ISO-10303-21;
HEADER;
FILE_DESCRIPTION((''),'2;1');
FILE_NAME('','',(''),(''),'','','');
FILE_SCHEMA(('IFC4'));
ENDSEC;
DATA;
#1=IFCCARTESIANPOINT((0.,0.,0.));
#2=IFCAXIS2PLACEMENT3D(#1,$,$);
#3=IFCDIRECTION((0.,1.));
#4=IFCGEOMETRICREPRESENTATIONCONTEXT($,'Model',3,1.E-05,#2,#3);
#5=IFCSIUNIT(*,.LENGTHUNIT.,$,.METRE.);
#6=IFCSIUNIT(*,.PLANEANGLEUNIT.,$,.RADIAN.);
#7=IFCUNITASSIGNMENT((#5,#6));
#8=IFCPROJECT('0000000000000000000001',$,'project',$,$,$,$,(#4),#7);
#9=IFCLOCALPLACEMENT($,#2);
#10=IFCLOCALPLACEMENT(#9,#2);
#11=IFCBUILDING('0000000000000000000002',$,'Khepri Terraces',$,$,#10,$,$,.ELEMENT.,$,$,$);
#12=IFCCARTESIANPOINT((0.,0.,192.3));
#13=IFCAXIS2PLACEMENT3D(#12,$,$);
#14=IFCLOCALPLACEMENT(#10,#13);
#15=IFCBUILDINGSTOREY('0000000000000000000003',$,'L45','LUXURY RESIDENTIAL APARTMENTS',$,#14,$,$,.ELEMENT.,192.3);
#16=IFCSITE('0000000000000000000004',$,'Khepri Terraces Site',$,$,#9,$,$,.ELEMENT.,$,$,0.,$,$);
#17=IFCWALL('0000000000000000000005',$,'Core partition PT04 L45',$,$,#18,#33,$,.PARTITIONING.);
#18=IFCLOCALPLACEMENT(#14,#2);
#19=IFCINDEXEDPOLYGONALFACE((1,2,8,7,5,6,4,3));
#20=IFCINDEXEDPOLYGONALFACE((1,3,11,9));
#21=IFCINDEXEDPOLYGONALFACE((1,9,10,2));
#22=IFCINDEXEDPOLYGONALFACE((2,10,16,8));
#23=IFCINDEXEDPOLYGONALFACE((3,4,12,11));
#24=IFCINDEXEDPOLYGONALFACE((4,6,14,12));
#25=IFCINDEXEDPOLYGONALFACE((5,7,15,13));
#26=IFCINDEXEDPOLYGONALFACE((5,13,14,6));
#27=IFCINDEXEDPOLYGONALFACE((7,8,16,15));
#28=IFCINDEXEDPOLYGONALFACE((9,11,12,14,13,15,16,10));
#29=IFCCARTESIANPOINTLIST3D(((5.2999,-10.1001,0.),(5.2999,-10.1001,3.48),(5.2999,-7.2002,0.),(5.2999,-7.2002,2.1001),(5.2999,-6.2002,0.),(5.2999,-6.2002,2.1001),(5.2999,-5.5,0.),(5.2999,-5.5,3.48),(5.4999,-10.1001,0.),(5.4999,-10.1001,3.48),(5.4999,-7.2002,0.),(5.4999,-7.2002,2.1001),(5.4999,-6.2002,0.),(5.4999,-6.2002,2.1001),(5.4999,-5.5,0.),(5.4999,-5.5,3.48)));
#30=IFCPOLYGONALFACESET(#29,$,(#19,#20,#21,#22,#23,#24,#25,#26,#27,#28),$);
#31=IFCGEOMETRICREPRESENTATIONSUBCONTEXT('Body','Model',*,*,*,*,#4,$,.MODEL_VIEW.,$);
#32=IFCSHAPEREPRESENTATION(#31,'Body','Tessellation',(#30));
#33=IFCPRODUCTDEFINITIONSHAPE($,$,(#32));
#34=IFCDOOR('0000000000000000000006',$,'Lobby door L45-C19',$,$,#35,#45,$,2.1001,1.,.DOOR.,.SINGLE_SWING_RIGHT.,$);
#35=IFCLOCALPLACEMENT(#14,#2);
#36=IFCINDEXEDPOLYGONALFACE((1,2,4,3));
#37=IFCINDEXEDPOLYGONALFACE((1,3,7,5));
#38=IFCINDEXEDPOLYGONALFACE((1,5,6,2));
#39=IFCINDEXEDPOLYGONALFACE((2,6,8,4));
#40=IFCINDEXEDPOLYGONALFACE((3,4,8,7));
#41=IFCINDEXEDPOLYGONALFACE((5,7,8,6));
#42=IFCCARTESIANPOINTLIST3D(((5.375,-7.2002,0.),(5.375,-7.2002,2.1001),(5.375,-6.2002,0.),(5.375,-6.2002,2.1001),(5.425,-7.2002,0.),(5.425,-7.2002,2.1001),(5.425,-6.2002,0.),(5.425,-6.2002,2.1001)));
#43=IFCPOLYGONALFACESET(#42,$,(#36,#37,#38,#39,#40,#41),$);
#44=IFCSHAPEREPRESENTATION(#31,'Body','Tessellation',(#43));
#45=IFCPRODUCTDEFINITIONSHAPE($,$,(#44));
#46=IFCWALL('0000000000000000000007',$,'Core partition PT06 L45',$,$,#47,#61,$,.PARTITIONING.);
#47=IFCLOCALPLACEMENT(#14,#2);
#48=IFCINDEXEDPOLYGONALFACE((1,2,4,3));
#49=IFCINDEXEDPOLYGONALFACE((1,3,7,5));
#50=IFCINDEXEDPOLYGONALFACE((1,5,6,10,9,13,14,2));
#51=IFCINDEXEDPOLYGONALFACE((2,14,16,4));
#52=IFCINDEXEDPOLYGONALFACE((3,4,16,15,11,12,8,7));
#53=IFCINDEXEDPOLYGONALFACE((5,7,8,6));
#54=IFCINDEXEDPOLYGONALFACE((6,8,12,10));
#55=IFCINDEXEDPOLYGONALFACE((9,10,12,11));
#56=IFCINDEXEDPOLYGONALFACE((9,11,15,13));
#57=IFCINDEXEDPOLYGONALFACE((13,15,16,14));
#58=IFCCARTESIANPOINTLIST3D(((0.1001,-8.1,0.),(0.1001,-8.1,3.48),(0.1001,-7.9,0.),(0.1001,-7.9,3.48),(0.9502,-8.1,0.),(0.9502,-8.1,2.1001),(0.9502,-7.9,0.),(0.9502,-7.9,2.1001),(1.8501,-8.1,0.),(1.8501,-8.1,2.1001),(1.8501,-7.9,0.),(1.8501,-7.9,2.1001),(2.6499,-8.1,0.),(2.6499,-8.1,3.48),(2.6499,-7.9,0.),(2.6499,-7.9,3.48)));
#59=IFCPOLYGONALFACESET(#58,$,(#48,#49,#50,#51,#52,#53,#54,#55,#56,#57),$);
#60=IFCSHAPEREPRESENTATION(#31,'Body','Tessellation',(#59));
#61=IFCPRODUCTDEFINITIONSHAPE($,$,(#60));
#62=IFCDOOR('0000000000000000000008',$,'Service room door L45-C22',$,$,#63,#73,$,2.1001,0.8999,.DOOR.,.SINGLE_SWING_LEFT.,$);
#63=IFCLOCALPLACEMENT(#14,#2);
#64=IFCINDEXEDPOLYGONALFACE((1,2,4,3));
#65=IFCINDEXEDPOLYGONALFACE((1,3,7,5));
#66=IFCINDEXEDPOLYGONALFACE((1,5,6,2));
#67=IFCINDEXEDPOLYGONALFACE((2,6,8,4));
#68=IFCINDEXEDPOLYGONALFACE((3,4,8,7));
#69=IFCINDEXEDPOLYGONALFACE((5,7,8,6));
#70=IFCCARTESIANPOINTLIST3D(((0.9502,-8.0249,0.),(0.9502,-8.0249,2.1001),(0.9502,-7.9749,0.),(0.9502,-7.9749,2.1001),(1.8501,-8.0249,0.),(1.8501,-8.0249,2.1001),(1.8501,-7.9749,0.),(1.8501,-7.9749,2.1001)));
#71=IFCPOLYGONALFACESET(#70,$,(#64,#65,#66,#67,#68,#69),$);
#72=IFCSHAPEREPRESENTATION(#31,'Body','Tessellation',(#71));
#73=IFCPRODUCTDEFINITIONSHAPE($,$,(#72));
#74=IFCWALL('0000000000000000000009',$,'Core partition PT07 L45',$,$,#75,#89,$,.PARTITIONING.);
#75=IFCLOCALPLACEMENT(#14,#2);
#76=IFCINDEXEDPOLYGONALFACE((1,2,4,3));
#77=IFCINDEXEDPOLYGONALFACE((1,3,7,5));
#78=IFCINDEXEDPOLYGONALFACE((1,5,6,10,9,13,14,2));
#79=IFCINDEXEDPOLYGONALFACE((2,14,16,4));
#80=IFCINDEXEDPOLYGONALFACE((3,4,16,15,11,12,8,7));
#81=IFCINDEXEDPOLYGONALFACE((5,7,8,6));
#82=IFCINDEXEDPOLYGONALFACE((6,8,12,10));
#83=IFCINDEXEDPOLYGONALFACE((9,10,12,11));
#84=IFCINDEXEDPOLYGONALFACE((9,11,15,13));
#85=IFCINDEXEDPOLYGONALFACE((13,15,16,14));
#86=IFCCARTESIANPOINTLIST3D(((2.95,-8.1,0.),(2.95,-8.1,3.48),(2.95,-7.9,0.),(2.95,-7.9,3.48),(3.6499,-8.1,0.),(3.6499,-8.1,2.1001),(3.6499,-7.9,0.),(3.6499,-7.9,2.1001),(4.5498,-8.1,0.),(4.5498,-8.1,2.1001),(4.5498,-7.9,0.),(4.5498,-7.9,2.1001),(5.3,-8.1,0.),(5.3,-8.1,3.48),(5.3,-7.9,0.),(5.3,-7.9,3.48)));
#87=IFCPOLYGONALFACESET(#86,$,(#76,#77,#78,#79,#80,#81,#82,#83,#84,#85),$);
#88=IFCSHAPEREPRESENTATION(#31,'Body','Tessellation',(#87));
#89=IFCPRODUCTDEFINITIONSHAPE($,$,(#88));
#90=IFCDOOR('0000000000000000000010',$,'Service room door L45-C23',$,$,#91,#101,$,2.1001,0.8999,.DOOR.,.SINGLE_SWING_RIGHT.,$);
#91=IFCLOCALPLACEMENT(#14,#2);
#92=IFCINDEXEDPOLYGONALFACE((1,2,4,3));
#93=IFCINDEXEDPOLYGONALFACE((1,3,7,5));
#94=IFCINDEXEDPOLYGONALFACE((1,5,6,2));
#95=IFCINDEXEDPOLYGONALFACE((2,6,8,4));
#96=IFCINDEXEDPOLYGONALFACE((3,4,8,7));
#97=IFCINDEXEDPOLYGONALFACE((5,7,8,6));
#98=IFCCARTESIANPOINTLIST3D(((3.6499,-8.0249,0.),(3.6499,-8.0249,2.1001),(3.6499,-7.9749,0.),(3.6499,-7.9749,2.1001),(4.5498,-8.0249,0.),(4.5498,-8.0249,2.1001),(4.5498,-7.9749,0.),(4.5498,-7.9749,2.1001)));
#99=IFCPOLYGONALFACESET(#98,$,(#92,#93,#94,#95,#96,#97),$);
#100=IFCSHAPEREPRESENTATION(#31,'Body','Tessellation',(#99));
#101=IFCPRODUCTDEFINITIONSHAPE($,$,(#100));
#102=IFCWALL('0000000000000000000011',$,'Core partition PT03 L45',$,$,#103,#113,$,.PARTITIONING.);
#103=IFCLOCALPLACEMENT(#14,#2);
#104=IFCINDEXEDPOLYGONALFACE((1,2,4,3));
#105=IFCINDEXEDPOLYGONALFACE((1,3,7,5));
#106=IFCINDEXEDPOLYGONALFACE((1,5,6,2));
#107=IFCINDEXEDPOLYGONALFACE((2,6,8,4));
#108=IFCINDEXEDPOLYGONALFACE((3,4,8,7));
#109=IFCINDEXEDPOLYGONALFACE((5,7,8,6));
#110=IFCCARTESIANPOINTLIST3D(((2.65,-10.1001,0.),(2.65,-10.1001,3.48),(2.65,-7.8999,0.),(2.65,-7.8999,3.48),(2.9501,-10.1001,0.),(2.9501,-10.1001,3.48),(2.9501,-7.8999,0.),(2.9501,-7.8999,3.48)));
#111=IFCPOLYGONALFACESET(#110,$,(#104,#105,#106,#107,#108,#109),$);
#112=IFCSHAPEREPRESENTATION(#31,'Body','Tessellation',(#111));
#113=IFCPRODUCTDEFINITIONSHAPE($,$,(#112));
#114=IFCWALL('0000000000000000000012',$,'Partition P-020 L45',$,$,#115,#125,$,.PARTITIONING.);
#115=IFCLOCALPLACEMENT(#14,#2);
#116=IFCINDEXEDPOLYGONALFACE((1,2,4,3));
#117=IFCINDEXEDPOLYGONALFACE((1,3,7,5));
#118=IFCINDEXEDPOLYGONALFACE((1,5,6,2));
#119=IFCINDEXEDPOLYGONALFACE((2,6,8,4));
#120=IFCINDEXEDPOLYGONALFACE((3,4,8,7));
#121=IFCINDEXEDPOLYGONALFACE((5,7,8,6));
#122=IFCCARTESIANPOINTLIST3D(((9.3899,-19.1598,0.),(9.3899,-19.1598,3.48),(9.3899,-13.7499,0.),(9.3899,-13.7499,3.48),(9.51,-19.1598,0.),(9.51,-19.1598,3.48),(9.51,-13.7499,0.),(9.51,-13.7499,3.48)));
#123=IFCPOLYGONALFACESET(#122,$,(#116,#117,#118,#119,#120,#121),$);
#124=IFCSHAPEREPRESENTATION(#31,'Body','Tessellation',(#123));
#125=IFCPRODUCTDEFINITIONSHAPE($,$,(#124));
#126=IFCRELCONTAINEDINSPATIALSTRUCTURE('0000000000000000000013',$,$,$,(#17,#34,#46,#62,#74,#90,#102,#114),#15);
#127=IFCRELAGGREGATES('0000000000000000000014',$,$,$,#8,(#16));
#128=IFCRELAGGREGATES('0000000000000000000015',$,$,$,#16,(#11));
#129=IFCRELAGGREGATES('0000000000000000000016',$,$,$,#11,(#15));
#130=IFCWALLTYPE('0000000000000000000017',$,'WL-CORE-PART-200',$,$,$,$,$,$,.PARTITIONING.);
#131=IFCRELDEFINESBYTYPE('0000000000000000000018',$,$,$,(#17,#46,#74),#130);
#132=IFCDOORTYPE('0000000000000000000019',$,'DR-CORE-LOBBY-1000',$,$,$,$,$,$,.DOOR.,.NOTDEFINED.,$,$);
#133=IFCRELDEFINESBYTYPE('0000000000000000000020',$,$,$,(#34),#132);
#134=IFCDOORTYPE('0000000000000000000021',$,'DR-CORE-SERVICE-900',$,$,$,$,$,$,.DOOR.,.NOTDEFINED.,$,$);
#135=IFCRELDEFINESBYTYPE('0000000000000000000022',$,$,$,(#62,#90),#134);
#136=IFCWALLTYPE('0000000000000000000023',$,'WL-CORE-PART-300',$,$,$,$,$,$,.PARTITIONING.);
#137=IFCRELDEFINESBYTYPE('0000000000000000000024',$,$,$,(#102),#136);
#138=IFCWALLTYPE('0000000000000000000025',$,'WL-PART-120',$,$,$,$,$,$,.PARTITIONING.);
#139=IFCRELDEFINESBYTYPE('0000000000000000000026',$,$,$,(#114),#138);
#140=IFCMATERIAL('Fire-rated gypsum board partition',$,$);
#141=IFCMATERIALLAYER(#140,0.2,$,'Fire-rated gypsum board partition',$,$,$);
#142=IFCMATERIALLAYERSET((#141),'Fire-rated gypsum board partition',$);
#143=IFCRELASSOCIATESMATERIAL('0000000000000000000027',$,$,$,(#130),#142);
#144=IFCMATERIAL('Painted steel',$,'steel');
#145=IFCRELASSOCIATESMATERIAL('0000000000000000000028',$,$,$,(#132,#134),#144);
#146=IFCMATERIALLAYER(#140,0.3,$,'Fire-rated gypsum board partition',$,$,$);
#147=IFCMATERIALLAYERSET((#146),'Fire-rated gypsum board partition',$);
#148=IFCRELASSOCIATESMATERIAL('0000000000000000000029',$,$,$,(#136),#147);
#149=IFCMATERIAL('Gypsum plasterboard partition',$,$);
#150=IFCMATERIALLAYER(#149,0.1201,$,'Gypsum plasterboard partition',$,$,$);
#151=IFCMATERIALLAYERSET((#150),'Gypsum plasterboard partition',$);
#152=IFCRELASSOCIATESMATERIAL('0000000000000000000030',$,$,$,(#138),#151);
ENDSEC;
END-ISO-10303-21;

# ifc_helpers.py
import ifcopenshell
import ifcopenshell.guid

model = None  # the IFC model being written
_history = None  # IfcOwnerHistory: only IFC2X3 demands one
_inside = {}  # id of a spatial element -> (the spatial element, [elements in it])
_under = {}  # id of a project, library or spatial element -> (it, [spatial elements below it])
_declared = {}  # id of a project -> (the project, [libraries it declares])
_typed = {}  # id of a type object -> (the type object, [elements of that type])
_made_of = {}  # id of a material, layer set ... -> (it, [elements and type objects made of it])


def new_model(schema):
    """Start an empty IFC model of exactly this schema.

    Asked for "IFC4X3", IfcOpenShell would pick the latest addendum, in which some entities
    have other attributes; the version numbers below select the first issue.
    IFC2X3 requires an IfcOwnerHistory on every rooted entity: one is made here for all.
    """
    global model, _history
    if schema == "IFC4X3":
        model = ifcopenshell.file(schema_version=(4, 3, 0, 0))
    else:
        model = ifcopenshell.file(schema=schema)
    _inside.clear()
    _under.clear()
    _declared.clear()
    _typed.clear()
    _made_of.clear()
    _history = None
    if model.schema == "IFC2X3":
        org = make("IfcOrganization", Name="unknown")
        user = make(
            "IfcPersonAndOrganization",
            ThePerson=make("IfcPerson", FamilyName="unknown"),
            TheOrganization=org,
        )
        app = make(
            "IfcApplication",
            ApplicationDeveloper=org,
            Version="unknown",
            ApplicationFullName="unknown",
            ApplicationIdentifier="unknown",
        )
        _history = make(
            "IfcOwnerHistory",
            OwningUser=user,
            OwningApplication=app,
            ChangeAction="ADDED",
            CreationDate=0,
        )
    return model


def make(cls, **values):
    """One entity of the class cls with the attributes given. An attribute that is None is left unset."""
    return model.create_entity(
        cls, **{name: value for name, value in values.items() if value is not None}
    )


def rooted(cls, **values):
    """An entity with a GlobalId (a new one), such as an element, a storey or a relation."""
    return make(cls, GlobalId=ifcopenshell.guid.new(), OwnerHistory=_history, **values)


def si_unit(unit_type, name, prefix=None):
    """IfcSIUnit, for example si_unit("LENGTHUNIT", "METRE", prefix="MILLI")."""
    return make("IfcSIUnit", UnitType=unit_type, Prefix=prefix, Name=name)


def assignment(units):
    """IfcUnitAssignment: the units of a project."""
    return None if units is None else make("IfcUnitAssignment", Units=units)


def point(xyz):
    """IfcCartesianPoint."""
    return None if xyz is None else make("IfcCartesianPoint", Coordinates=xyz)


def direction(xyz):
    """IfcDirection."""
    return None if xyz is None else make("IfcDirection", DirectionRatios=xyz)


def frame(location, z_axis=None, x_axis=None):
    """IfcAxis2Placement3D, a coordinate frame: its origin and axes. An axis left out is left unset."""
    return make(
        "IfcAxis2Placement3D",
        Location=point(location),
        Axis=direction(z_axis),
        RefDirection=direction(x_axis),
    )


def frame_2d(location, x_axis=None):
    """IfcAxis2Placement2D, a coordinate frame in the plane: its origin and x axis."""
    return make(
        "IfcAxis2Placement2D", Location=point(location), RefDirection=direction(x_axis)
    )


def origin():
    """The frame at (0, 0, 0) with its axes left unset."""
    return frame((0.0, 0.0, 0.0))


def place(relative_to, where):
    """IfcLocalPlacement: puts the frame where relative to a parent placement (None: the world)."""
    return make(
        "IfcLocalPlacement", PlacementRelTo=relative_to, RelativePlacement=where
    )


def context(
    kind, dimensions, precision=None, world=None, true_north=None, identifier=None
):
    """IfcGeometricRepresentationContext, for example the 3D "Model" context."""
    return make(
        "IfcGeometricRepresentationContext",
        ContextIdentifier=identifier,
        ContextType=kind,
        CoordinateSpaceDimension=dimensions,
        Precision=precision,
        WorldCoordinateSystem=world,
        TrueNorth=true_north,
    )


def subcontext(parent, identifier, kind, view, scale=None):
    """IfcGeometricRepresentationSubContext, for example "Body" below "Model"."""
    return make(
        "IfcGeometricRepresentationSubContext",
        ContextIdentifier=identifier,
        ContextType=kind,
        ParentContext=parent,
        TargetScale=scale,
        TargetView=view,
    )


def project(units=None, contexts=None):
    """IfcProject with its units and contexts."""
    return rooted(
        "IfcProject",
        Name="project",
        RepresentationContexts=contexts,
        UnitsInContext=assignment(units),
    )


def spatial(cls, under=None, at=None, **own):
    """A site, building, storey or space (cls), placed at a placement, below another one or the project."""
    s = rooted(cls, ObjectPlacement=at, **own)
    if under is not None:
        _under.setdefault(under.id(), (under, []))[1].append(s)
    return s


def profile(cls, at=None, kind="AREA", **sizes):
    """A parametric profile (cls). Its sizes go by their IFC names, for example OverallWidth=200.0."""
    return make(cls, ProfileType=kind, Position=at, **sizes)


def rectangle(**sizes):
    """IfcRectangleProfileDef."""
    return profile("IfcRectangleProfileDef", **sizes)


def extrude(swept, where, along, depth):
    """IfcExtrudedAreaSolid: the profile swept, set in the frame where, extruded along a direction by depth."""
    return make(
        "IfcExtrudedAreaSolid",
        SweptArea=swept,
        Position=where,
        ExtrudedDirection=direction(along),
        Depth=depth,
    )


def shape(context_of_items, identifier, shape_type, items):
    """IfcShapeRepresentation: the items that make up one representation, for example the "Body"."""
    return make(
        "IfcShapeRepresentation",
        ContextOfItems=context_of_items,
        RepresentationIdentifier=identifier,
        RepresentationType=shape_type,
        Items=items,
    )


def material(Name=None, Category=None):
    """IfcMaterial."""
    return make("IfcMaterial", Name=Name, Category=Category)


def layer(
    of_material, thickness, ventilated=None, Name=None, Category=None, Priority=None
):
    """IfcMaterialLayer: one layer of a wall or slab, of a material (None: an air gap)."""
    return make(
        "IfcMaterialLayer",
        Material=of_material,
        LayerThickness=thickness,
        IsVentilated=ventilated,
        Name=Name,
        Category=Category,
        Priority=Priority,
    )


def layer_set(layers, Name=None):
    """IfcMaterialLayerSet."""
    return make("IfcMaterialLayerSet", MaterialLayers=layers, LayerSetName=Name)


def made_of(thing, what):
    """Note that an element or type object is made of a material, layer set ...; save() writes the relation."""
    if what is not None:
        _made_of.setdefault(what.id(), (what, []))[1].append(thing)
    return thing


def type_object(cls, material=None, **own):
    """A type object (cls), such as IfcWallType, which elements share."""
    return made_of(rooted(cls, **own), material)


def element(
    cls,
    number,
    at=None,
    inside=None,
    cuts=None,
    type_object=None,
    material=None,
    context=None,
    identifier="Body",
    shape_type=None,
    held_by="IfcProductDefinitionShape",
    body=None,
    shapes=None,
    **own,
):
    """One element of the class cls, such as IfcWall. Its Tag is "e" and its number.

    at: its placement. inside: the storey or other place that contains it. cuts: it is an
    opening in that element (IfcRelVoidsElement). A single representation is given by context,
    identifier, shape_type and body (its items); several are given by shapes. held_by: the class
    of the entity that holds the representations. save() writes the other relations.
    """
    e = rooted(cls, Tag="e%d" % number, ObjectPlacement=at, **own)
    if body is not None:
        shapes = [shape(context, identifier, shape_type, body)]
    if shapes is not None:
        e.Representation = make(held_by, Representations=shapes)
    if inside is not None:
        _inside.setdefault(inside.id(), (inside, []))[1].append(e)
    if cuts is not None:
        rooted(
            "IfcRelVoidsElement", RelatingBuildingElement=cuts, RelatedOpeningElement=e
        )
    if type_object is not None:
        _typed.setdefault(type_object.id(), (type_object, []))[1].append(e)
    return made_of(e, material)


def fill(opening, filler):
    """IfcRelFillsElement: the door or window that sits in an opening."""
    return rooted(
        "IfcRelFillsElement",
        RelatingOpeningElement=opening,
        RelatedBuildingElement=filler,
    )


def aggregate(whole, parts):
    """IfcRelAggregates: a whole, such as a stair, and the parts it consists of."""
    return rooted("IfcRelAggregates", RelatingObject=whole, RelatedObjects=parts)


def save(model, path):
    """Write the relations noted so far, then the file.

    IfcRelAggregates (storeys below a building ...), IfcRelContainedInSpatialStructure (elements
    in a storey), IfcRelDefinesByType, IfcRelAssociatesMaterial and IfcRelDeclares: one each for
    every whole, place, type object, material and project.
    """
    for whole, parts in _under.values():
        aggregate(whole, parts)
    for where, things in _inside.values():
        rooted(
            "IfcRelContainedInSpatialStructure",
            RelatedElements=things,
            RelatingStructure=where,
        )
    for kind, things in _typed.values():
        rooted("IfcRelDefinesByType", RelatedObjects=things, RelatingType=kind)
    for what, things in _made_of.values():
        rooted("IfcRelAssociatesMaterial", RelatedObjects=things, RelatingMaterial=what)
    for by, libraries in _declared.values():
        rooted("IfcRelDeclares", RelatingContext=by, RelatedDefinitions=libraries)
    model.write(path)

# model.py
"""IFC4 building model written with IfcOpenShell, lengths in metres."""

from ifc_helpers import new_model, si_unit, direction, frame, frame_2d, origin, place, context, subcontext, project, spatial, rectangle, extrude, material, layer, layer_set, type_object, element, fill, save


model = new_model("IFC4")

# Units and contexts
model_context = context("Model", 3, precision=1e-05, world=origin(), true_north=direction((0.0, 1.0)))
body_context = subcontext(model_context, "Body", "Model", "MODEL_VIEW")
ifc_project = project(units=[si_unit("LENGTHUNIT", "METRE"), si_unit("PLANEANGLEUNIT", "RADIAN")], contexts=[model_context])

# Site, building, storey
site_placement = place(None, origin())
site = spatial("IfcSite", under=ifc_project, at=site_placement, Name="Khepri Terraces Site", CompositionType="ELEMENT", RefElevation=0.0)
building_placement = place(site_placement, origin())
building = spatial("IfcBuilding", under=site, at=building_placement, Name="Khepri Terraces", CompositionType="ELEMENT")
storey_placement = place(building_placement, frame((0.0, 0.0, 192.3)))
storey = spatial("IfcBuildingStorey", under=building, at=storey_placement, Name="L45", Description="LUXURY RESIDENTIAL APARTMENTS", CompositionType="ELEMENT", Elevation=192.3)

# Shared definitions
ifc_material_1 = material(Name="Fire-rated gypsum board partition")
ifc_layer_1 = layer(ifc_material_1, 0.2, Name="Fire-rated gypsum board partition")
ifc_layer_set_1 = layer_set([ifc_layer_1], Name="Fire-rated gypsum board partition")
wall_type_1 = type_object("IfcWallType", Name="WL-CORE-PART-200", PredefinedType="PARTITIONING", material=ifc_layer_set_1)

# Walls, openings, doors
wall_1_placement = place(storey_placement, frame((5.3999, -10.1001, 0.0), z_axis=(0.0, 0.0, 1.0), x_axis=(0.0, 1.0, 0.0)))
wall_1 = element("IfcWall", 1, at=wall_1_placement, inside=storey, type_object=wall_type_1, Name="Core partition PT04 L45", PredefinedType="PARTITIONING", context=body_context, shape_type="SweptSolid", body=[
    extrude(rectangle(XDim=4.6001, YDim=0.2, at=frame_2d((2.3, 0.0))), origin(), (0.0, 0.0, 1.0), 3.48),
])
opening_1_placement = place(wall_1_placement, frame((2.8999, 0.0, 0.0)))
opening_1 = element("IfcOpeningElement", 2, at=opening_1_placement, cuts=wall_1, PredefinedType="OPENING", context=body_context, shape_type="SweptSolid", body=[
    extrude(rectangle(XDim=1.0, YDim=2.1001, at=frame_2d((0.5, 1.05))), frame((0.0, 0.1099, 0.0), z_axis=(0.0, -1.0, 0.0), x_axis=(1.0, 0.0, 0.0)), (0.0, 0.0, 1.0), 0.22),
])
ifc_material_2 = material(Name="Painted steel", Category="steel")
door_type_1 = type_object("IfcDoorType", Name="DR-CORE-LOBBY-1000", OperationType="NOTDEFINED", PredefinedType="DOOR", material=ifc_material_2)
door_1_placement = place(opening_1_placement, origin())
door_1 = element("IfcDoor", 3, at=door_1_placement, inside=storey, type_object=door_type_1, Name="Lobby door L45-C19", OperationType="SINGLE_SWING_RIGHT", OverallHeight=2.1001, OverallWidth=1.0, PredefinedType="DOOR", context=body_context, shape_type="SweptSolid", body=[
    extrude(rectangle(XDim=1.0, YDim=2.1001, at=frame_2d((0.5, 1.05))), frame((0.0, 0.0249, 0.0), z_axis=(0.0, -1.0, 0.0), x_axis=(1.0, 0.0, 0.0)), (0.0, 0.0, 1.0), 0.05),
])
fill(opening_1, door_1)
wall_2_placement = place(storey_placement, frame((0.1001, -8.0, 0.0), z_axis=(0.0, 0.0, 1.0), x_axis=(1.0, 0.0, 0.0)))
wall_2 = element("IfcWall", 4, at=wall_2_placement, inside=storey, type_object=wall_type_1, Name="Core partition PT06 L45", PredefinedType="PARTITIONING", context=body_context, shape_type="SweptSolid", body=[
    extrude(rectangle(XDim=2.5498, YDim=0.2, at=frame_2d((1.2749, 0.0))), origin(), (0.0, 0.0, 1.0), 3.48),
])
opening_2_placement = place(wall_2_placement, frame((0.8501, 0.0, 0.0)))
opening_2 = element("IfcOpeningElement", 5, at=opening_2_placement, cuts=wall_2, PredefinedType="OPENING", context=body_context, shape_type="SweptSolid", body=[
    extrude(rectangle(XDim=0.8999, YDim=2.1001, at=frame_2d((0.45, 1.05))), frame((0.0, 0.1099, 0.0), z_axis=(0.0, -1.0, 0.0), x_axis=(1.0, 0.0, 0.0)), (0.0, 0.0, 1.0), 0.22),
])
door_type_2 = type_object("IfcDoorType", Name="DR-CORE-SERVICE-900", OperationType="NOTDEFINED", PredefinedType="DOOR", material=ifc_material_2)
door_2_placement = place(opening_2_placement, frame((0.8999, 0.0, 0.0), z_axis=(0.0, 0.0, 1.0), x_axis=(-1.0, 0.0, 0.0)))
door_2 = element("IfcDoor", 6, at=door_2_placement, inside=storey, type_object=door_type_2, Name="Service room door L45-C22", OperationType="SINGLE_SWING_LEFT", OverallHeight=2.1001, OverallWidth=0.8999, PredefinedType="DOOR", context=body_context, shape_type="SweptSolid", body=[
    extrude(rectangle(XDim=0.8999, YDim=2.1001, at=frame_2d((0.45, 1.05))), frame((0.0, 0.0249, 0.0), z_axis=(0.0, -1.0, 0.0), x_axis=(1.0, 0.0, 0.0)), (0.0, 0.0, 1.0), 0.05),
])
fill(opening_2, door_2)
wall_3_placement = place(storey_placement, frame((2.95, -8.0, 0.0), z_axis=(0.0, 0.0, 1.0), x_axis=(1.0, 0.0, 0.0)))
wall_3 = element("IfcWall", 7, at=wall_3_placement, inside=storey, type_object=wall_type_1, Name="Core partition PT07 L45", PredefinedType="PARTITIONING", context=body_context, shape_type="SweptSolid", body=[
    extrude(rectangle(XDim=2.3501, YDim=0.2, at=frame_2d((1.175, 0.0))), origin(), (0.0, 0.0, 1.0), 3.48),
])
opening_3_placement = place(wall_3_placement, frame((0.7, 0.0, 0.0)))
opening_3 = element("IfcOpeningElement", 8, at=opening_3_placement, cuts=wall_3, PredefinedType="OPENING", context=body_context, shape_type="SweptSolid", body=[
    extrude(rectangle(XDim=0.8999, YDim=2.1001, at=frame_2d((0.45, 1.05))), frame((0.0, 0.1099, 0.0), z_axis=(0.0, -1.0, 0.0), x_axis=(1.0, 0.0, 0.0)), (0.0, 0.0, 1.0), 0.22),
])
door_3_placement = place(opening_3_placement, frame((0.8999, 0.0, 0.0), z_axis=(0.0, 0.0, 1.0), x_axis=(-1.0, 0.0, 0.0)))
door_3 = element("IfcDoor", 9, at=door_3_placement, inside=storey, type_object=door_type_2, Name="Service room door L45-C23", OperationType="SINGLE_SWING_RIGHT", OverallHeight=2.1001, OverallWidth=0.8999, PredefinedType="DOOR", context=body_context, shape_type="SweptSolid", body=[
    extrude(rectangle(XDim=0.8999, YDim=2.1001, at=frame_2d((0.45, 1.05))), frame((0.0, 0.0249, 0.0), z_axis=(0.0, -1.0, 0.0), x_axis=(1.0, 0.0, 0.0)), (0.0, 0.0, 1.0), 0.05),
])
fill(opening_3, door_3)

# Walls
ifc_layer_2 = layer(ifc_material_1, 0.3, Name="Fire-rated gypsum board partition")
ifc_layer_set_2 = layer_set([ifc_layer_2], Name="Fire-rated gypsum board partition")
wall_type_2 = type_object("IfcWallType", Name="WL-CORE-PART-300", PredefinedType="PARTITIONING", material=ifc_layer_set_2)
wall_4_placement = place(storey_placement, frame((2.8, -10.1001, 0.0), z_axis=(0.0, 0.0, 1.0), x_axis=(0.0, 1.0, 0.0)))
element("IfcWall", 10, at=wall_4_placement, inside=storey, type_object=wall_type_2, Name="Core partition PT03 L45", PredefinedType="PARTITIONING", context=body_context, shape_type="SweptSolid", body=[
    extrude(rectangle(XDim=2.2002, YDim=0.3, at=frame_2d((1.1001, 0.0))), origin(), (0.0, 0.0, 1.0), 3.48),
])
ifc_material_3 = material(Name="Gypsum plasterboard partition")
ifc_layer_3 = layer(ifc_material_3, 0.1201, Name="Gypsum plasterboard partition")
ifc_layer_set_3 = layer_set([ifc_layer_3], Name="Gypsum plasterboard partition")
wall_type_3 = type_object("IfcWallType", Name="WL-PART-120", PredefinedType="PARTITIONING", material=ifc_layer_set_3)
wall_5_placement = place(storey_placement, frame((9.45, -19.1599, 0.0), z_axis=(0.0, 0.0, 1.0), x_axis=(0.0, 1.0, 0.0)))
element("IfcWall", 11, at=wall_5_placement, inside=storey, type_object=wall_type_3, Name="Partition P-020 L45", PredefinedType="PARTITIONING", context=body_context, shape_type="SweptSolid", body=[
    extrude(rectangle(XDim=5.4099, YDim=0.1201, at=frame_2d((2.7051, 0.0))), origin(), (0.0, 0.0, 1.0), 3.48),
])

save(model, "model.ifc")
